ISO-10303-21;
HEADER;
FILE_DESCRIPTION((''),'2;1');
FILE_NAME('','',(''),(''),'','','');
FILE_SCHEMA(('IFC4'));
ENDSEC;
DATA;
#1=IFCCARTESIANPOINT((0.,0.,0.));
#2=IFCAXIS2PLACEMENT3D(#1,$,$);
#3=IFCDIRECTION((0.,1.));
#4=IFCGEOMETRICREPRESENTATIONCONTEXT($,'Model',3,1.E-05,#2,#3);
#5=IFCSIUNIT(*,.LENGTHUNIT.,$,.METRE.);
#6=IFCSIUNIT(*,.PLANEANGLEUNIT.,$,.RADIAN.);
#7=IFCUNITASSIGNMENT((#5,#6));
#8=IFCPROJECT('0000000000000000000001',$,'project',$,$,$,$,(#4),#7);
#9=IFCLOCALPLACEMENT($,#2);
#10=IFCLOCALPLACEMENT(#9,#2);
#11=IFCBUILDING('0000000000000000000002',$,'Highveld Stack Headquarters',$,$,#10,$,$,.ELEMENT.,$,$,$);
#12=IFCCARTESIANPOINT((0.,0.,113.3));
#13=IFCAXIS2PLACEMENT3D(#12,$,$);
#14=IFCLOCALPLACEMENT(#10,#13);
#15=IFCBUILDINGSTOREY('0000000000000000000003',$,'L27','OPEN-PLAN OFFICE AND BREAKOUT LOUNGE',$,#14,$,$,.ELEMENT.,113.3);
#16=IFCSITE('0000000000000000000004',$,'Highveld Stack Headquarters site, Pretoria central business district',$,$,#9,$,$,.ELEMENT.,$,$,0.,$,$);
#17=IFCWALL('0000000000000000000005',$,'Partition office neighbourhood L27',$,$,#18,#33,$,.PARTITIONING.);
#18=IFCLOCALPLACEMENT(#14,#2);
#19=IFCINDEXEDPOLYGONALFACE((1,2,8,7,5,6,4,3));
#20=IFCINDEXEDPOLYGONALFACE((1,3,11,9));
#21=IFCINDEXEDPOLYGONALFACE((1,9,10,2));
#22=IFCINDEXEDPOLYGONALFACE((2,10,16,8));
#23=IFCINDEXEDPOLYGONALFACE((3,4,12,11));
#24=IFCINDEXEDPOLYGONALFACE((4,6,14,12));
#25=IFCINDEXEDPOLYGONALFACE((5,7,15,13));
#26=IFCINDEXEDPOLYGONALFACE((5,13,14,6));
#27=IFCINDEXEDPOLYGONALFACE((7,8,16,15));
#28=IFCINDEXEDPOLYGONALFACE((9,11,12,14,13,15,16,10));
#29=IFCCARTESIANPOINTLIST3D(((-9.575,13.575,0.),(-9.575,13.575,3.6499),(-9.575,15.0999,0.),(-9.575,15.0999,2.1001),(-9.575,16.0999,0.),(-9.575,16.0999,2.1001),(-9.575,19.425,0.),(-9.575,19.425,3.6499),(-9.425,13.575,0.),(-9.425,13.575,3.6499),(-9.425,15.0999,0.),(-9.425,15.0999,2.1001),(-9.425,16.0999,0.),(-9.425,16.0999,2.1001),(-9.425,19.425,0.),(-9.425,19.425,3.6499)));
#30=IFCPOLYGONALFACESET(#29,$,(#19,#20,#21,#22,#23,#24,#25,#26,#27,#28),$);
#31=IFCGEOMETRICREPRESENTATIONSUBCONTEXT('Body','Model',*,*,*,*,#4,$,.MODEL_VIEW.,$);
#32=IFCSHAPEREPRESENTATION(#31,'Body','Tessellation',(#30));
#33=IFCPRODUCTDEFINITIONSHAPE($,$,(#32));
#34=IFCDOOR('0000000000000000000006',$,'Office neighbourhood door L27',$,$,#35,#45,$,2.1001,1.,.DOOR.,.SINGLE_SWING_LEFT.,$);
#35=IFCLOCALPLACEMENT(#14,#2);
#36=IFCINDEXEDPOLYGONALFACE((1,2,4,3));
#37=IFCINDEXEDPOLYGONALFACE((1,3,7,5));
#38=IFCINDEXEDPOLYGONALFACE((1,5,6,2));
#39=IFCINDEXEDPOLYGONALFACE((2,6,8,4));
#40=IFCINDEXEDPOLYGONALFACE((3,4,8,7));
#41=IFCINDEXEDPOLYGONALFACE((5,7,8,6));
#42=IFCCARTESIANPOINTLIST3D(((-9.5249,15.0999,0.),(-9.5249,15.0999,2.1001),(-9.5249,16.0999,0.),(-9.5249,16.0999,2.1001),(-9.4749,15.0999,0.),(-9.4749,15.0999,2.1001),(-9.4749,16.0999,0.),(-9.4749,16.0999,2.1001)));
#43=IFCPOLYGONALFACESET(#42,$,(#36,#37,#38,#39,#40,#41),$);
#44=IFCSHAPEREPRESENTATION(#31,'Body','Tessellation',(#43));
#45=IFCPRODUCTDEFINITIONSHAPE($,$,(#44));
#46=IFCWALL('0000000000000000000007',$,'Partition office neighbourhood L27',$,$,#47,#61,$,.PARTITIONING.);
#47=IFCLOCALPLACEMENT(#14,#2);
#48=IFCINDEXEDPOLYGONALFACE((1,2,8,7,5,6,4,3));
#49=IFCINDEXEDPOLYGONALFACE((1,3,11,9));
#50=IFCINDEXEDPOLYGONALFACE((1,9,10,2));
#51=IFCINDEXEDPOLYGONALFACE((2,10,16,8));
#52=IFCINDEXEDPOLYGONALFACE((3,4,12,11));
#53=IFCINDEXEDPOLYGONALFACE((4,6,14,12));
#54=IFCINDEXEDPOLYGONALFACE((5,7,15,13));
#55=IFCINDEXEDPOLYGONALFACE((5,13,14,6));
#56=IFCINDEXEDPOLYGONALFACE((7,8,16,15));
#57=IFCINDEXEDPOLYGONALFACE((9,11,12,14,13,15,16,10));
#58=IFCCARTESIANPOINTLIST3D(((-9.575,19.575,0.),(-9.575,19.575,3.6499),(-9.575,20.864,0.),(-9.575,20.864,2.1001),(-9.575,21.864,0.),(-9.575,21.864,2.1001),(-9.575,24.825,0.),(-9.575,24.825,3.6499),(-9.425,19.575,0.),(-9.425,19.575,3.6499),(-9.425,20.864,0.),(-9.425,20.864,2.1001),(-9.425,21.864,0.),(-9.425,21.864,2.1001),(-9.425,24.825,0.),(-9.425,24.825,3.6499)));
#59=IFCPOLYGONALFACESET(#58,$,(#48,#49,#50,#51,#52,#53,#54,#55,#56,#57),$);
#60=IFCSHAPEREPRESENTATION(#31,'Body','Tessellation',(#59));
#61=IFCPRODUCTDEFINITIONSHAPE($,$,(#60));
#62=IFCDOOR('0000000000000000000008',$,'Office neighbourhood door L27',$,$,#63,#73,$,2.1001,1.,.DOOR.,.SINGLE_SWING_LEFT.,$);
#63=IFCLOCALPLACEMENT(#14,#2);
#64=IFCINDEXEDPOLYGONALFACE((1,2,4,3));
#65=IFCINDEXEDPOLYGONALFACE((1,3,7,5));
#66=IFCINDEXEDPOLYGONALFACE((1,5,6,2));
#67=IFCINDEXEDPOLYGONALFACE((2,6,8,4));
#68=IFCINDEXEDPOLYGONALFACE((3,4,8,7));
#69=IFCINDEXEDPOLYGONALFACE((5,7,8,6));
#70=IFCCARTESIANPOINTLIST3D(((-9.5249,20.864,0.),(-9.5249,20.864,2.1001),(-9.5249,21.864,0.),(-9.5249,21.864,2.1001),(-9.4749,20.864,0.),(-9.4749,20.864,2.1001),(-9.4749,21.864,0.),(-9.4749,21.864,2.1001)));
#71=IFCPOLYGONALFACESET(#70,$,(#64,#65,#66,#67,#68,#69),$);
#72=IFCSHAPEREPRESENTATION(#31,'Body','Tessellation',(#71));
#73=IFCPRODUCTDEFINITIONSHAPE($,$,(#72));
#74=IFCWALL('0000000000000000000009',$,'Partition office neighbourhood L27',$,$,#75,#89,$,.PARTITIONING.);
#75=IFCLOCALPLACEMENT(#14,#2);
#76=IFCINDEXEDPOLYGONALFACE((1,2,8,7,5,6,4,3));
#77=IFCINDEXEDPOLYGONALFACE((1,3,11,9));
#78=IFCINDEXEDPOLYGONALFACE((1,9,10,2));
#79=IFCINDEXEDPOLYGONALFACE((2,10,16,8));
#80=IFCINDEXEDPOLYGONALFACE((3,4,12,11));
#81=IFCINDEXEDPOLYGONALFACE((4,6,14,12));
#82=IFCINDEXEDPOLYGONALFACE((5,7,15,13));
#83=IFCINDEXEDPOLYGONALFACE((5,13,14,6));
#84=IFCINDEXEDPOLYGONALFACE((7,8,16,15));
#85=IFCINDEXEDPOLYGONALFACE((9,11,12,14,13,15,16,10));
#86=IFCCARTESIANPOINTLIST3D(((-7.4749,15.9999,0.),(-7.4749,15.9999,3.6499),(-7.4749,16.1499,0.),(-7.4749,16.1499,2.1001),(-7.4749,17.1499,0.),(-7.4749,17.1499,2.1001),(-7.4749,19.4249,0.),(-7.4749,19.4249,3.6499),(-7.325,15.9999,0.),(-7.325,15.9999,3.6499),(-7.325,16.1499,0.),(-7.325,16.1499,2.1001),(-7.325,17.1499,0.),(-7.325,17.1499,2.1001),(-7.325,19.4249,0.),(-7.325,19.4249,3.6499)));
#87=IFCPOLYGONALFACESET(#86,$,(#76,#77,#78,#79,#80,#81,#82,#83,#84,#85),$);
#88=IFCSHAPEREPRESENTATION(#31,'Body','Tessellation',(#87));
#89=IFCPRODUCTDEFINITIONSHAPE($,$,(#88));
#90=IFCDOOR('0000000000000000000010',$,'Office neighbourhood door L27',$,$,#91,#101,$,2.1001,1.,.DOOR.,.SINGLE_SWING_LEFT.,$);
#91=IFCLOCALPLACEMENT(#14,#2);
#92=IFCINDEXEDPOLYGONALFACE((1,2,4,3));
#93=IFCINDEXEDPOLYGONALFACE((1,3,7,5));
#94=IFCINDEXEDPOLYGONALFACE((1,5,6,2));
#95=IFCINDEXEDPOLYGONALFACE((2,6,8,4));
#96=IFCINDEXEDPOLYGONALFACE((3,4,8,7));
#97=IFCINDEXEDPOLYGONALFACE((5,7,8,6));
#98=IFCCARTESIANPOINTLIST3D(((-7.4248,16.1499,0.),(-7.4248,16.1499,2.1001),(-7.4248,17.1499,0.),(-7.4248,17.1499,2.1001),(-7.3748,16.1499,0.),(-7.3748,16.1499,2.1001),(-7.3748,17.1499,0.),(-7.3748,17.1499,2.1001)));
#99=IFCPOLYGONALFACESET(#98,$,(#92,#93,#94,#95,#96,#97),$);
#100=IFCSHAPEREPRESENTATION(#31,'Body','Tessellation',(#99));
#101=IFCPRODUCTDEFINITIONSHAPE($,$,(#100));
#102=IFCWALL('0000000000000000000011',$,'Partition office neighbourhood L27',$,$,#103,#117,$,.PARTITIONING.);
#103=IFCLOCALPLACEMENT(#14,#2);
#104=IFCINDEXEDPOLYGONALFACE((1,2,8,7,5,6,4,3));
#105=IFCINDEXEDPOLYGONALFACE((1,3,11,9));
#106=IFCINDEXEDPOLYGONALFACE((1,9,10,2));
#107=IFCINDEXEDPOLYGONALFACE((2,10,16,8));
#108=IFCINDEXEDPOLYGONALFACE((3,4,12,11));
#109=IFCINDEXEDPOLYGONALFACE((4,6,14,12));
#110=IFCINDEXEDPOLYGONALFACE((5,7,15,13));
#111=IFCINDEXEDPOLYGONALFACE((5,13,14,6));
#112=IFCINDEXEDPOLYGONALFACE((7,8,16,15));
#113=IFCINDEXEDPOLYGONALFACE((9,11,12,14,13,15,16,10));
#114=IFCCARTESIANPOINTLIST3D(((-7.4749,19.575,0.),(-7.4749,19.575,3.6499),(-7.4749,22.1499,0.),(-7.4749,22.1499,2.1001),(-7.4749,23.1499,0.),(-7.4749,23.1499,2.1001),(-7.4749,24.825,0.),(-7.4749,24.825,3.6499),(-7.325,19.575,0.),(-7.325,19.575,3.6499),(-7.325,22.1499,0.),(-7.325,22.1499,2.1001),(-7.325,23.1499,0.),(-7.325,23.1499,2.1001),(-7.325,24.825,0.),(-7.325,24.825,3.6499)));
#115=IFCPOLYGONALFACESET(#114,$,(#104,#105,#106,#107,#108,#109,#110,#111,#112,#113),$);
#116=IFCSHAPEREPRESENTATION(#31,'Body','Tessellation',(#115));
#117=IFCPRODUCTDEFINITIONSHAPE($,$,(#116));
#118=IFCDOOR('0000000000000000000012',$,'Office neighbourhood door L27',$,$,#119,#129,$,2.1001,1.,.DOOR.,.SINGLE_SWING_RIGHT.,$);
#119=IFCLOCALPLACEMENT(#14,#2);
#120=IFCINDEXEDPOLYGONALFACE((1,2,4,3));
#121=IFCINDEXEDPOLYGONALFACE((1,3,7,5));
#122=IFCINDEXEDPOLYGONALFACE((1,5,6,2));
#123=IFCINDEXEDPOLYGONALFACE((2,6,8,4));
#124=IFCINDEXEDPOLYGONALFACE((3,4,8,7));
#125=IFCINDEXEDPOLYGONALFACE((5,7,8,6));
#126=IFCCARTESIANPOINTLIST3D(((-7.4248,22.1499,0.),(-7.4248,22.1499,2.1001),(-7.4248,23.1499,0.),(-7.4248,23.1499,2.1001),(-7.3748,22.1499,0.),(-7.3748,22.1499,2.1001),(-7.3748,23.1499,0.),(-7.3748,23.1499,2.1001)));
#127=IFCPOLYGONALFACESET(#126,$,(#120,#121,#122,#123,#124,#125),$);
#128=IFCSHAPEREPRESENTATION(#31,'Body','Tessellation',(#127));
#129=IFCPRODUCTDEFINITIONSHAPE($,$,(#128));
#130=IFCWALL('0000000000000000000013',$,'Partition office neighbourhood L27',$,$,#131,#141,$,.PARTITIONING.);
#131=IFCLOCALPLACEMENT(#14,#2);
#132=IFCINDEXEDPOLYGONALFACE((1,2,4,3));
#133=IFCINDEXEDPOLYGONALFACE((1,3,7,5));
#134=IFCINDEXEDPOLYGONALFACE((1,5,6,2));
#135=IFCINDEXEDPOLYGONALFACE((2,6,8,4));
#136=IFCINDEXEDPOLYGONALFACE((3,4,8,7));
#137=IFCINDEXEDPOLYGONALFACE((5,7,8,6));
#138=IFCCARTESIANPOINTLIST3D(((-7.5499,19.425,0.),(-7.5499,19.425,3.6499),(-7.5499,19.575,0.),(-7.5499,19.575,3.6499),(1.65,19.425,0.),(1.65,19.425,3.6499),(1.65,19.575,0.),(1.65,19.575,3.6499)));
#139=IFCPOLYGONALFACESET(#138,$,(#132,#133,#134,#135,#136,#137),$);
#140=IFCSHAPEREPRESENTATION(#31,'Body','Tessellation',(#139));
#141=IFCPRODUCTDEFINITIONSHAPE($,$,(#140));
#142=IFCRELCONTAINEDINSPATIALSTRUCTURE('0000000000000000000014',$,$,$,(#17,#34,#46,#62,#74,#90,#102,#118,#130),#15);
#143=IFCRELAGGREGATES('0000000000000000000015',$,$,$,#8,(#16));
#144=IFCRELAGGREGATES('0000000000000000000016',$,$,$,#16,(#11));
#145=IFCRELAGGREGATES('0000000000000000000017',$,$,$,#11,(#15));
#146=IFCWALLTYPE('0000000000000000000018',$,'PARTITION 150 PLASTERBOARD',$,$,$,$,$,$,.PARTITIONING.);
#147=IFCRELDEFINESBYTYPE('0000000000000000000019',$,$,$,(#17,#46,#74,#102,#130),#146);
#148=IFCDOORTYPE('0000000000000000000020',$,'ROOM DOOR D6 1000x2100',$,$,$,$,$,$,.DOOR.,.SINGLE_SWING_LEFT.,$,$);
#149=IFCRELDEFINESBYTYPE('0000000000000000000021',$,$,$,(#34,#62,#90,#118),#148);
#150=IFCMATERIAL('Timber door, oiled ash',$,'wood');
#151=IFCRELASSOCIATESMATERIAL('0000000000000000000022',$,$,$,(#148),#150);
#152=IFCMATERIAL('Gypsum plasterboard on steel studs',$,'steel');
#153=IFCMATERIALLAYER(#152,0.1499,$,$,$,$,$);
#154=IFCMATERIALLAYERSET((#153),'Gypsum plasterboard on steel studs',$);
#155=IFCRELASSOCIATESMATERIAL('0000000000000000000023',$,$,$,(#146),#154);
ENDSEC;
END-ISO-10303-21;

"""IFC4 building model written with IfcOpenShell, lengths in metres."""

from ifc_helpers import new_model, si_unit, direction, frame, frame_2d, origin, place, context, subcontext, project, spatial, rectangle, extrude, material, layer, layer_set, type_object, element, fill, save


model = new_model("IFC4")

# Units and contexts
model_context = context("Model", 3, precision=1e-05, world=origin(), true_north=direction((0.0, 1.0)))
body_context = subcontext(model_context, "Body", "Model", "MODEL_VIEW")
ifc_project = project(units=[si_unit("LENGTHUNIT", "METRE"), si_unit("PLANEANGLEUNIT", "RADIAN")], contexts=[model_context])

# Site, building, storey
site_placement = place(None, origin())
site = spatial("IfcSite", under=ifc_project, at=site_placement, Name="Highveld Stack Headquarters site, Pretoria central business district", CompositionType="ELEMENT", RefElevation=0.0)
building_placement = place(site_placement, origin())
building = spatial("IfcBuilding", under=site, at=building_placement, Name="Highveld Stack Headquarters", CompositionType="ELEMENT")
storey_placement = place(building_placement, frame((0.0, 0.0, 113.3)))
storey = spatial("IfcBuildingStorey", under=building, at=storey_placement, Name="L27", Description="OPEN-PLAN OFFICE AND BREAKOUT LOUNGE", CompositionType="ELEMENT", Elevation=113.3)

# Shared definitions
ifc_material_1 = material(Name="Timber door, oiled ash", Category="wood")
door_type = type_object("IfcDoorType", Name="ROOM DOOR D6 1000x2100", OperationType="SINGLE_SWING_LEFT", PredefinedType="DOOR", material=ifc_material_1)
ifc_material_2 = material(Name="Gypsum plasterboard on steel studs", Category="steel")
ifc_layer_1 = layer(ifc_material_2, 0.1499)
ifc_layer_set_1 = layer_set([ifc_layer_1], Name="Gypsum plasterboard on steel studs")
wall_type_1 = type_object("IfcWallType", Name="PARTITION 150 PLASTERBOARD", PredefinedType="PARTITIONING", material=ifc_layer_set_1)

# Walls, openings, doors
wall_1_placement = place(storey_placement, frame((-9.5, 13.575, 0.0), z_axis=(0.0, 0.0, 1.0), x_axis=(0.0, 1.0, 0.0)))
wall_1 = element("IfcWall", 1, at=wall_1_placement, inside=storey, type_object=wall_type_1, Name="Partition office neighbourhood L27", PredefinedType="PARTITIONING", context=body_context, shape_type="SweptSolid", body=[
    extrude(rectangle(XDim=5.8501, YDim=0.1499, at=frame_2d((2.925, 0.0))), origin(), (0.0, 0.0, 1.0), 3.6499),
])
opening_1_placement = place(wall_1_placement, frame((1.5249, 0.0, 0.0)))
opening_1 = element("IfcOpeningElement", 2, at=opening_1_placement, cuts=wall_1, PredefinedType="OPENING", context=body_context, shape_type="SweptSolid", body=[
    extrude(rectangle(XDim=1.0, YDim=2.1001, at=frame_2d((0.5, 1.05))), frame((0.0, 0.085, 0.0), z_axis=(0.0, -1.0, 0.0), x_axis=(1.0, 0.0, 0.0)), (0.0, 0.0, 1.0), 0.1699),
])
door_1_placement = place(opening_1_placement, origin())
door_1 = element("IfcDoor", 3, at=door_1_placement, inside=storey, type_object=door_type, Name="Office neighbourhood door L27", OperationType="SINGLE_SWING_LEFT", OverallHeight=2.1001, OverallWidth=1.0, PredefinedType="DOOR", context=body_context, shape_type="SweptSolid", body=[
    extrude(rectangle(XDim=1.0, YDim=2.1001, at=frame_2d((0.5, 1.05))), frame((0.0, 0.0249, 0.0), z_axis=(0.0, -1.0, 0.0), x_axis=(1.0, 0.0, 0.0)), (0.0, 0.0, 1.0), 0.05),
])
fill(opening_1, door_1)
wall_2_placement = place(storey_placement, frame((-9.5, 19.575, 0.0), z_axis=(0.0, 0.0, 1.0), x_axis=(0.0, 1.0, 0.0)))
wall_2 = element("IfcWall", 4, at=wall_2_placement, inside=storey, type_object=wall_type_1, Name="Partition office neighbourhood L27", PredefinedType="PARTITIONING", context=body_context, shape_type="SweptSolid", body=[
    extrude(rectangle(XDim=5.25, YDim=0.1499, at=frame_2d((2.625, 0.0))), origin(), (0.0, 0.0, 1.0), 3.6499),
])
opening_2_placement = place(wall_2_placement, frame((1.2891, 0.0, 0.0)))
opening_2 = element("IfcOpeningElement", 5, at=opening_2_placement, cuts=wall_2, PredefinedType="OPENING", context=body_context, shape_type="SweptSolid", body=[
    extrude(rectangle(XDim=1.0, YDim=2.1001, at=frame_2d((0.5, 1.05))), frame((0.0, 0.085, 0.0), z_axis=(0.0, -1.0, 0.0), x_axis=(1.0, 0.0, 0.0)), (0.0, 0.0, 1.0), 0.1699),
])
door_2_placement = place(opening_2_placement, origin())
door_2 = element("IfcDoor", 6, at=door_2_placement, inside=storey, type_object=door_type, Name="Office neighbourhood door L27", OperationType="SINGLE_SWING_LEFT", OverallHeight=2.1001, OverallWidth=1.0, PredefinedType="DOOR", context=body_context, shape_type="SweptSolid", body=[
    extrude(rectangle(XDim=1.0, YDim=2.1001, at=frame_2d((0.5, 1.05))), frame((0.0, 0.0249, 0.0), z_axis=(0.0, -1.0, 0.0), x_axis=(1.0, 0.0, 0.0)), (0.0, 0.0, 1.0), 0.05),
])
fill(opening_2, door_2)
wall_3_placement = place(storey_placement, frame((-7.3999, 16.0, 0.0), z_axis=(0.0, 0.0, 1.0), x_axis=(0.0, 1.0, 0.0)))
wall_3 = element("IfcWall", 7, at=wall_3_placement, inside=storey, type_object=wall_type_1, Name="Partition office neighbourhood L27", PredefinedType="PARTITIONING", context=body_context, shape_type="SweptSolid", body=[
    extrude(rectangle(XDim=3.425, YDim=0.1499, at=frame_2d((1.7124, 0.0))), origin(), (0.0, 0.0, 1.0), 3.6499),
])
opening_3_placement = place(wall_3_placement, frame((0.1499, 0.0, 0.0)))
opening_3 = element("IfcOpeningElement", 8, at=opening_3_placement, cuts=wall_3, PredefinedType="OPENING", context=body_context, shape_type="SweptSolid", body=[
    extrude(rectangle(XDim=1.0, YDim=2.1001, at=frame_2d((0.5, 1.05))), frame((0.0, 0.085, 0.0), z_axis=(0.0, -1.0, 0.0), x_axis=(1.0, 0.0, 0.0)), (0.0, 0.0, 1.0), 0.1699),
])
door_3_placement = place(opening_3_placement, origin())
door_3 = element("IfcDoor", 9, at=door_3_placement, inside=storey, type_object=door_type, Name="Office neighbourhood door L27", OperationType="SINGLE_SWING_LEFT", OverallHeight=2.1001, OverallWidth=1.0, PredefinedType="DOOR", context=body_context, shape_type="SweptSolid", body=[
    extrude(rectangle(XDim=1.0, YDim=2.1001, at=frame_2d((0.5, 1.05))), frame((0.0, 0.0249, 0.0), z_axis=(0.0, -1.0, 0.0), x_axis=(1.0, 0.0, 0.0)), (0.0, 0.0, 1.0), 0.05),
])
fill(opening_3, door_3)
wall_4_placement = place(storey_placement, frame((-7.3999, 19.575, 0.0), z_axis=(0.0, 0.0, 1.0), x_axis=(0.0, 1.0, 0.0)))
wall_4 = element("IfcWall", 10, at=wall_4_placement, inside=storey, type_object=wall_type_1, Name="Partition office neighbourhood L27", PredefinedType="PARTITIONING", context=body_context, shape_type="SweptSolid", body=[
    extrude(rectangle(XDim=5.25, YDim=0.1499, at=frame_2d((2.625, 0.0))), origin(), (0.0, 0.0, 1.0), 3.6499),
])
opening_4_placement = place(wall_4_placement, frame((2.575, 0.0, 0.0)))
opening_4 = element("IfcOpeningElement", 11, at=opening_4_placement, cuts=wall_4, PredefinedType="OPENING", context=body_context, shape_type="SweptSolid", body=[
    extrude(rectangle(XDim=1.0, YDim=2.1001, at=frame_2d((0.5, 1.05))), frame((0.0, 0.085, 0.0), z_axis=(0.0, -1.0, 0.0), x_axis=(1.0, 0.0, 0.0)), (0.0, 0.0, 1.0), 0.1699),
])
door_4_placement = place(opening_4_placement, origin())
door_4 = element("IfcDoor", 12, at=door_4_placement, inside=storey, type_object=door_type, Name="Office neighbourhood door L27", OperationType="SINGLE_SWING_RIGHT", OverallHeight=2.1001, OverallWidth=1.0, PredefinedType="DOOR", context=body_context, shape_type="SweptSolid", body=[
    extrude(rectangle(XDim=1.0, YDim=2.1001, at=frame_2d((0.5, 1.05))), frame((0.0, 0.0249, 0.0), z_axis=(0.0, -1.0, 0.0), x_axis=(1.0, 0.0, 0.0)), (0.0, 0.0, 1.0), 0.05),
])
fill(opening_4, door_4)

# Wall
wall_5_placement = place(storey_placement, frame((-7.55, 19.5, 0.0), z_axis=(0.0, 0.0, 1.0), x_axis=(1.0, 0.0, 0.0)))
element("IfcWall", 13, at=wall_5_placement, inside=storey, type_object=wall_type_1, Name="Partition office neighbourhood L27", PredefinedType="PARTITIONING", context=body_context, shape_type="SweptSolid", body=[
    extrude(rectangle(XDim=9.2, YDim=0.1499, at=frame_2d((4.6001, 0.0))), origin(), (0.0, 0.0, 1.0), 3.6499),
])

save(model, "model.ifc")
